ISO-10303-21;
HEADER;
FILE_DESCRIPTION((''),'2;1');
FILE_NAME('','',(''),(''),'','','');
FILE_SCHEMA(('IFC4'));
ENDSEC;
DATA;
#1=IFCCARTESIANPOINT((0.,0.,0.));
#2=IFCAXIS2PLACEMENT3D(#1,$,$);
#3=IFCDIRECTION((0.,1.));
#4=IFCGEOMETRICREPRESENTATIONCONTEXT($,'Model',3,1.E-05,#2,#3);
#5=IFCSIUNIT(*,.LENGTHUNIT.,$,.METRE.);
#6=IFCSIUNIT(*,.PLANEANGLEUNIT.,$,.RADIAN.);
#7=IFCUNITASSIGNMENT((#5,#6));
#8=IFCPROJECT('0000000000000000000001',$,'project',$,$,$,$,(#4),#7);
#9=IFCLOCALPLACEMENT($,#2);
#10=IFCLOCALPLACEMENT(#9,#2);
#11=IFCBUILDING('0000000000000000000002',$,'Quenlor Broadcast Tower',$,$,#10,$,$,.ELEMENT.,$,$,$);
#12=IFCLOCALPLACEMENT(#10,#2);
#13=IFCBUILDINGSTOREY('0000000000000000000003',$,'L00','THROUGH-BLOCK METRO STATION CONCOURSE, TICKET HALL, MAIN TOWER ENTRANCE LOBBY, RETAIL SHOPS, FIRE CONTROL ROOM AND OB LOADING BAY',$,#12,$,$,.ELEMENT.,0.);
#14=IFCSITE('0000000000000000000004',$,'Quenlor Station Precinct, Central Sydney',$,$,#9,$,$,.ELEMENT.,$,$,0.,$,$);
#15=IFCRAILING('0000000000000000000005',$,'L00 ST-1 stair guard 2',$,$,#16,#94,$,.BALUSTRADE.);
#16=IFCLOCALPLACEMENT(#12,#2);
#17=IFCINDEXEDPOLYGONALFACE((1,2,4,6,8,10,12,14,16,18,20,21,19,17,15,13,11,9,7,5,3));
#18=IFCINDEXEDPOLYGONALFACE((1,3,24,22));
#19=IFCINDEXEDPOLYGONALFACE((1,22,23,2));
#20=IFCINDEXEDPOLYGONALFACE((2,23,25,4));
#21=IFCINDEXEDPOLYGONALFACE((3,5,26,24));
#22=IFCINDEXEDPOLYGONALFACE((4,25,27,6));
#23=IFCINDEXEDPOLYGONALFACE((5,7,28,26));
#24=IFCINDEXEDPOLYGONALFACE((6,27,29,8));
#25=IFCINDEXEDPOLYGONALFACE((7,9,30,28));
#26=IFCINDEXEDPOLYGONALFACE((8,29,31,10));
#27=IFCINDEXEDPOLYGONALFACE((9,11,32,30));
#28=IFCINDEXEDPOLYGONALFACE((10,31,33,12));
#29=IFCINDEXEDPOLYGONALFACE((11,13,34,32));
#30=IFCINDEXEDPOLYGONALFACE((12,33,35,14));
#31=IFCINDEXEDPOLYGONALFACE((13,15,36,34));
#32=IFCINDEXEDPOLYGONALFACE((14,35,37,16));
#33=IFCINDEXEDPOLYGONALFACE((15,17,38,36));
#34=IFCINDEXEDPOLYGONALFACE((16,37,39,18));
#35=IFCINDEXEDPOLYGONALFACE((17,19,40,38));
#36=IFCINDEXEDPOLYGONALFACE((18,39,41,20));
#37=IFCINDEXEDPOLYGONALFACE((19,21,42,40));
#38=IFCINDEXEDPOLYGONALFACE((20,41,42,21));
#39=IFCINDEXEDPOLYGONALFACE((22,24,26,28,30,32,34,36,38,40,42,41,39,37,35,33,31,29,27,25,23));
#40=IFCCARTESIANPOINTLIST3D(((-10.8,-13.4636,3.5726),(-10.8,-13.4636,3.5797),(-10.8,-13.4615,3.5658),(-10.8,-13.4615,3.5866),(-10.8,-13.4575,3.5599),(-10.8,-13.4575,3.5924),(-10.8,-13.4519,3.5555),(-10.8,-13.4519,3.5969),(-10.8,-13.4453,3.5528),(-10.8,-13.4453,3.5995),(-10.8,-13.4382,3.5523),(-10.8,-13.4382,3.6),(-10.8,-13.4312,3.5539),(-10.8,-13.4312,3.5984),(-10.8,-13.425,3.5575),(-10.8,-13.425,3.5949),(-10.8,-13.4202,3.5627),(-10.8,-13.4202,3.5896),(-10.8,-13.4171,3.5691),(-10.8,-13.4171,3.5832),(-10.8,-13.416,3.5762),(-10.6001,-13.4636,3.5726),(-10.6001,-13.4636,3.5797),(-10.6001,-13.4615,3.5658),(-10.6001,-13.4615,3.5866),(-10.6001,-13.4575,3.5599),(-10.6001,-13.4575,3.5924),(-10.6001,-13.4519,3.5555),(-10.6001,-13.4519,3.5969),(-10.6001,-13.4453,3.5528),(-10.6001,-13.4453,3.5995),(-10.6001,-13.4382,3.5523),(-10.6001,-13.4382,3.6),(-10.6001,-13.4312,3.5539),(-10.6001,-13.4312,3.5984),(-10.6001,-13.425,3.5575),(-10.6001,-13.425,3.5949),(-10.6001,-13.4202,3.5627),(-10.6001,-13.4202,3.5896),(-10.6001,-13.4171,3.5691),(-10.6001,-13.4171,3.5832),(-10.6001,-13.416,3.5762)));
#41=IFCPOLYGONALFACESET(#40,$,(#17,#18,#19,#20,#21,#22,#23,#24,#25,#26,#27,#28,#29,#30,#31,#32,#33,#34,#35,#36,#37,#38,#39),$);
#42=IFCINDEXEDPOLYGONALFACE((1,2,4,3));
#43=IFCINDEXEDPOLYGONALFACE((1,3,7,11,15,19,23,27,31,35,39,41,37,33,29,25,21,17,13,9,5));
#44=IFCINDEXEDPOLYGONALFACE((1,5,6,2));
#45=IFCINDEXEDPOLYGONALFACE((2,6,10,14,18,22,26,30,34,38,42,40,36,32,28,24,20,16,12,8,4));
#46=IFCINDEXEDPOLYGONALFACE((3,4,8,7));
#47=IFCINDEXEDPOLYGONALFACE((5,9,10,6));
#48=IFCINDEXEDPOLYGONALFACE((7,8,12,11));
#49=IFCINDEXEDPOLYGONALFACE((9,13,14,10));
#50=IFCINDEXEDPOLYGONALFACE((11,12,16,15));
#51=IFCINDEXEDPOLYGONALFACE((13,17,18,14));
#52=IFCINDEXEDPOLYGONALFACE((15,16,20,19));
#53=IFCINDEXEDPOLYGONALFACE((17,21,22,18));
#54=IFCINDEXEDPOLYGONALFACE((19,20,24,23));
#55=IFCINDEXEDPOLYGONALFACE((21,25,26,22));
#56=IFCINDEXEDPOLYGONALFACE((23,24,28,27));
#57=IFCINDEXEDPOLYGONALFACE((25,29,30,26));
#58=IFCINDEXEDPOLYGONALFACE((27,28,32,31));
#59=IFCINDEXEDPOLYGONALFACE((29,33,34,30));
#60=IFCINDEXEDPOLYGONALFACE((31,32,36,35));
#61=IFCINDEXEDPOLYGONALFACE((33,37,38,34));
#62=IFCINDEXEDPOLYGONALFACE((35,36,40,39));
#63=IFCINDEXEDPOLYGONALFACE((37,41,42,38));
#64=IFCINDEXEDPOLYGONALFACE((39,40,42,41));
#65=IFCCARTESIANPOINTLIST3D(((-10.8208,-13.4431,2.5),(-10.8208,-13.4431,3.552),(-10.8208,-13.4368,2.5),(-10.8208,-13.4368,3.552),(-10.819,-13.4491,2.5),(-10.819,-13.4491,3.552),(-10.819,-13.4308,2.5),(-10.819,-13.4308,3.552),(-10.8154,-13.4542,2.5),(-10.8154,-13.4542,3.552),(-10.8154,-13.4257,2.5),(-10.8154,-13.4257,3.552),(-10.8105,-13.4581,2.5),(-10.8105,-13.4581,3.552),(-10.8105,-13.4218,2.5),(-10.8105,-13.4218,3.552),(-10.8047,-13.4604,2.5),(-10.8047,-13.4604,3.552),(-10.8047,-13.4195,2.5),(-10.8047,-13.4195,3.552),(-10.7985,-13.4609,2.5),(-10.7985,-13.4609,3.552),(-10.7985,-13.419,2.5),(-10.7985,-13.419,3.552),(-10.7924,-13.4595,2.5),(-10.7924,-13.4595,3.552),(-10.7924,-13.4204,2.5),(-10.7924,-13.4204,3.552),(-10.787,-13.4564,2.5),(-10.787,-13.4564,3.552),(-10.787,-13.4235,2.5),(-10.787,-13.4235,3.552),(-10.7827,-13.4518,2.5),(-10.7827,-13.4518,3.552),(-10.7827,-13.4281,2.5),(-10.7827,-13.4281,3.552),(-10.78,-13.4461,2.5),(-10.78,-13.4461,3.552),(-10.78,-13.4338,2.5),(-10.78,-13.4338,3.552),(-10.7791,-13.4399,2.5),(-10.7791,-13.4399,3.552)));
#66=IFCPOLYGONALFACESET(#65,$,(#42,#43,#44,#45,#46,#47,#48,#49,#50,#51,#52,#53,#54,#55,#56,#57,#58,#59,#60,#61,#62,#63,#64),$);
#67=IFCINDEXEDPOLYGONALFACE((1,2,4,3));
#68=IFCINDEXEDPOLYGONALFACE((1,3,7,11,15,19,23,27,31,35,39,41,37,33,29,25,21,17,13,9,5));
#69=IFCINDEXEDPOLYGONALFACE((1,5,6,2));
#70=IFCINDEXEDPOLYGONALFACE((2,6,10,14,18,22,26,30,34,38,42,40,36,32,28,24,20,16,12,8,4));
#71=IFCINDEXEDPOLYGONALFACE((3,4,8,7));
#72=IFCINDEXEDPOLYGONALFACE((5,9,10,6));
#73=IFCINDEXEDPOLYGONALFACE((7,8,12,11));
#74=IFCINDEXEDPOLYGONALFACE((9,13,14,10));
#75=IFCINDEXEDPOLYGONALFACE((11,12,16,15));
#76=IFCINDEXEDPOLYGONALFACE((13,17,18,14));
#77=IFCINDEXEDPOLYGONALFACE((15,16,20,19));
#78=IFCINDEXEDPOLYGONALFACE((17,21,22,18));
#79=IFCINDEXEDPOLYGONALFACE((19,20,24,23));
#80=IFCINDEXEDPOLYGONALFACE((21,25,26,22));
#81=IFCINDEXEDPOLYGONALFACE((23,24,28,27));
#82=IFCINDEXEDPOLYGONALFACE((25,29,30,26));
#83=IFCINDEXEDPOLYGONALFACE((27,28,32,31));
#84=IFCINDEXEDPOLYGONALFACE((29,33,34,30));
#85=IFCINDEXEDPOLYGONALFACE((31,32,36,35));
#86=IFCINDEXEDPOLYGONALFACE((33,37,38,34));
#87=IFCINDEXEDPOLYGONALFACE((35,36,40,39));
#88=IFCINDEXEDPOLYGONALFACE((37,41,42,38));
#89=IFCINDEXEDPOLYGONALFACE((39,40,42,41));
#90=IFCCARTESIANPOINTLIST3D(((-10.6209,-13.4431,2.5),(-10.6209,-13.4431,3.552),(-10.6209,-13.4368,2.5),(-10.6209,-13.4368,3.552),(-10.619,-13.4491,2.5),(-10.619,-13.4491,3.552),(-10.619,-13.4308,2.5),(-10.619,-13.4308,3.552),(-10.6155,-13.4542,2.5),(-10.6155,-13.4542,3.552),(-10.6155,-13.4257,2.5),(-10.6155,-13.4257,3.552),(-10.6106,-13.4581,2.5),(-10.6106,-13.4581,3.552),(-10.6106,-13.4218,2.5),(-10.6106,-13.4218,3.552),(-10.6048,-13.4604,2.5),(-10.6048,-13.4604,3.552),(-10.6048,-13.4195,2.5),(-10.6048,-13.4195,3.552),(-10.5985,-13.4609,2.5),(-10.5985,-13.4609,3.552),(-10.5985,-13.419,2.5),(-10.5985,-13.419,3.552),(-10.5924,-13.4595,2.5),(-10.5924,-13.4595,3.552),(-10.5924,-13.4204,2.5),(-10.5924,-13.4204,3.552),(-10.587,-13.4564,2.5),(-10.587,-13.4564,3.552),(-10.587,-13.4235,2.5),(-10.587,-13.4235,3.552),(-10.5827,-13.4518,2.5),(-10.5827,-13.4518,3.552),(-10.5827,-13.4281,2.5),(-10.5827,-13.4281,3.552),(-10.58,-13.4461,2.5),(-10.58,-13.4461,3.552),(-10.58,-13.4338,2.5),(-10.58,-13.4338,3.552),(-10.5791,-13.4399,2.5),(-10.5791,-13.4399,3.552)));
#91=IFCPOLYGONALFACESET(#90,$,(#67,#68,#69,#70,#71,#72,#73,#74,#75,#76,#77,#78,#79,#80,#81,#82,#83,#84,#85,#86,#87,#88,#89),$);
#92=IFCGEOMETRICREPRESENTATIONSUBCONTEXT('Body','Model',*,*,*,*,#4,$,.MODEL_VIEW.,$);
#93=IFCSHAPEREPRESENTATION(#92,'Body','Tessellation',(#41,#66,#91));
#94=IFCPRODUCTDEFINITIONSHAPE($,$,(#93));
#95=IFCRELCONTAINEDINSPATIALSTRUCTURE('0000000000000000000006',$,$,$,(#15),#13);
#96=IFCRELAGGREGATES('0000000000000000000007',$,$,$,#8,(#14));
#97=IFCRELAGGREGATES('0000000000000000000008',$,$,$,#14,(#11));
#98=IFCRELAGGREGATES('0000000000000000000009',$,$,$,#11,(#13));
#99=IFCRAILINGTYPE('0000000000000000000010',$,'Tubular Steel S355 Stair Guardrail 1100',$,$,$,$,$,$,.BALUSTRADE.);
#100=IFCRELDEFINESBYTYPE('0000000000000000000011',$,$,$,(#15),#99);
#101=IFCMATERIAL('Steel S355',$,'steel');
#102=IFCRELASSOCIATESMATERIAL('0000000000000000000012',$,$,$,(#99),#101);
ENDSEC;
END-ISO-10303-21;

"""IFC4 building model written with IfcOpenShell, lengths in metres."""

from ifc_helpers import new_model, si_unit, direction, frame, origin, origin_2d, place, context, subcontext, project, spatial, circle, extrude, material, type_object, element, save


model = new_model("IFC4")

# Units and contexts
model_context = context("Model", 3, precision=1e-05, world=origin(), true_north=direction((0.0, 1.0)))
body_context = subcontext(model_context, "Body", "Model", "MODEL_VIEW")
ifc_project = project(units=[si_unit("LENGTHUNIT", "METRE"), si_unit("PLANEANGLEUNIT", "RADIAN")], contexts=[model_context])

# Site, building, storey
site_placement = place(None, origin())
site = spatial("IfcSite", under=ifc_project, at=site_placement, Name="Quenlor Station Precinct, Central Sydney", CompositionType="ELEMENT", RefElevation=0.0)
building_placement = place(site_placement, origin())
building = spatial("IfcBuilding", under=site, at=building_placement, Name="Quenlor Broadcast Tower", CompositionType="ELEMENT")
storey_placement = place(building_placement, origin())
storey = spatial("IfcBuildingStorey", under=building, at=storey_placement, Name="L00", Description="THROUGH-BLOCK METRO STATION CONCOURSE, TICKET HALL, MAIN TOWER ENTRANCE LOBBY, RETAIL SHOPS, FIRE CONTROL ROOM AND OB LOADING BAY", CompositionType="ELEMENT", Elevation=0.0)

# Railing
ifc_material_1 = material(Name="Steel S355", Category="steel")
railing_type_1 = type_object("IfcRailingType", Name="Tubular Steel S355 Stair Guardrail 1100", PredefinedType="BALUSTRADE", material=ifc_material_1)
railing_1_placement = place(storey_placement, frame((-10.8, -13.4399, 2.5)))
element("IfcRailing", 1, at=railing_1_placement, inside=storey, type_object=railing_type_1, Name="L00 ST-1 stair guard 2", PredefinedType="BALUSTRADE", context=body_context, shape_type="SweptSolid", body=[
    extrude(circle(Radius=0.0239, at=origin_2d()), frame((0.0, 0.0, 1.0762), z_axis=(1.0, 0.0, 0.0), x_axis=(0.0, 1.0, 0.0)), (0.0, 0.0, 1.0), 0.2),
    extrude(circle(Radius=0.021, at=origin_2d()), origin(), (0.0, 0.0, 1.0), 1.052),
    extrude(circle(Radius=0.021, at=origin_2d()), frame((0.2, 0.0, 0.0)), (0.0, 0.0, 1.0), 1.052),
])

save(model, "model.ifc")
